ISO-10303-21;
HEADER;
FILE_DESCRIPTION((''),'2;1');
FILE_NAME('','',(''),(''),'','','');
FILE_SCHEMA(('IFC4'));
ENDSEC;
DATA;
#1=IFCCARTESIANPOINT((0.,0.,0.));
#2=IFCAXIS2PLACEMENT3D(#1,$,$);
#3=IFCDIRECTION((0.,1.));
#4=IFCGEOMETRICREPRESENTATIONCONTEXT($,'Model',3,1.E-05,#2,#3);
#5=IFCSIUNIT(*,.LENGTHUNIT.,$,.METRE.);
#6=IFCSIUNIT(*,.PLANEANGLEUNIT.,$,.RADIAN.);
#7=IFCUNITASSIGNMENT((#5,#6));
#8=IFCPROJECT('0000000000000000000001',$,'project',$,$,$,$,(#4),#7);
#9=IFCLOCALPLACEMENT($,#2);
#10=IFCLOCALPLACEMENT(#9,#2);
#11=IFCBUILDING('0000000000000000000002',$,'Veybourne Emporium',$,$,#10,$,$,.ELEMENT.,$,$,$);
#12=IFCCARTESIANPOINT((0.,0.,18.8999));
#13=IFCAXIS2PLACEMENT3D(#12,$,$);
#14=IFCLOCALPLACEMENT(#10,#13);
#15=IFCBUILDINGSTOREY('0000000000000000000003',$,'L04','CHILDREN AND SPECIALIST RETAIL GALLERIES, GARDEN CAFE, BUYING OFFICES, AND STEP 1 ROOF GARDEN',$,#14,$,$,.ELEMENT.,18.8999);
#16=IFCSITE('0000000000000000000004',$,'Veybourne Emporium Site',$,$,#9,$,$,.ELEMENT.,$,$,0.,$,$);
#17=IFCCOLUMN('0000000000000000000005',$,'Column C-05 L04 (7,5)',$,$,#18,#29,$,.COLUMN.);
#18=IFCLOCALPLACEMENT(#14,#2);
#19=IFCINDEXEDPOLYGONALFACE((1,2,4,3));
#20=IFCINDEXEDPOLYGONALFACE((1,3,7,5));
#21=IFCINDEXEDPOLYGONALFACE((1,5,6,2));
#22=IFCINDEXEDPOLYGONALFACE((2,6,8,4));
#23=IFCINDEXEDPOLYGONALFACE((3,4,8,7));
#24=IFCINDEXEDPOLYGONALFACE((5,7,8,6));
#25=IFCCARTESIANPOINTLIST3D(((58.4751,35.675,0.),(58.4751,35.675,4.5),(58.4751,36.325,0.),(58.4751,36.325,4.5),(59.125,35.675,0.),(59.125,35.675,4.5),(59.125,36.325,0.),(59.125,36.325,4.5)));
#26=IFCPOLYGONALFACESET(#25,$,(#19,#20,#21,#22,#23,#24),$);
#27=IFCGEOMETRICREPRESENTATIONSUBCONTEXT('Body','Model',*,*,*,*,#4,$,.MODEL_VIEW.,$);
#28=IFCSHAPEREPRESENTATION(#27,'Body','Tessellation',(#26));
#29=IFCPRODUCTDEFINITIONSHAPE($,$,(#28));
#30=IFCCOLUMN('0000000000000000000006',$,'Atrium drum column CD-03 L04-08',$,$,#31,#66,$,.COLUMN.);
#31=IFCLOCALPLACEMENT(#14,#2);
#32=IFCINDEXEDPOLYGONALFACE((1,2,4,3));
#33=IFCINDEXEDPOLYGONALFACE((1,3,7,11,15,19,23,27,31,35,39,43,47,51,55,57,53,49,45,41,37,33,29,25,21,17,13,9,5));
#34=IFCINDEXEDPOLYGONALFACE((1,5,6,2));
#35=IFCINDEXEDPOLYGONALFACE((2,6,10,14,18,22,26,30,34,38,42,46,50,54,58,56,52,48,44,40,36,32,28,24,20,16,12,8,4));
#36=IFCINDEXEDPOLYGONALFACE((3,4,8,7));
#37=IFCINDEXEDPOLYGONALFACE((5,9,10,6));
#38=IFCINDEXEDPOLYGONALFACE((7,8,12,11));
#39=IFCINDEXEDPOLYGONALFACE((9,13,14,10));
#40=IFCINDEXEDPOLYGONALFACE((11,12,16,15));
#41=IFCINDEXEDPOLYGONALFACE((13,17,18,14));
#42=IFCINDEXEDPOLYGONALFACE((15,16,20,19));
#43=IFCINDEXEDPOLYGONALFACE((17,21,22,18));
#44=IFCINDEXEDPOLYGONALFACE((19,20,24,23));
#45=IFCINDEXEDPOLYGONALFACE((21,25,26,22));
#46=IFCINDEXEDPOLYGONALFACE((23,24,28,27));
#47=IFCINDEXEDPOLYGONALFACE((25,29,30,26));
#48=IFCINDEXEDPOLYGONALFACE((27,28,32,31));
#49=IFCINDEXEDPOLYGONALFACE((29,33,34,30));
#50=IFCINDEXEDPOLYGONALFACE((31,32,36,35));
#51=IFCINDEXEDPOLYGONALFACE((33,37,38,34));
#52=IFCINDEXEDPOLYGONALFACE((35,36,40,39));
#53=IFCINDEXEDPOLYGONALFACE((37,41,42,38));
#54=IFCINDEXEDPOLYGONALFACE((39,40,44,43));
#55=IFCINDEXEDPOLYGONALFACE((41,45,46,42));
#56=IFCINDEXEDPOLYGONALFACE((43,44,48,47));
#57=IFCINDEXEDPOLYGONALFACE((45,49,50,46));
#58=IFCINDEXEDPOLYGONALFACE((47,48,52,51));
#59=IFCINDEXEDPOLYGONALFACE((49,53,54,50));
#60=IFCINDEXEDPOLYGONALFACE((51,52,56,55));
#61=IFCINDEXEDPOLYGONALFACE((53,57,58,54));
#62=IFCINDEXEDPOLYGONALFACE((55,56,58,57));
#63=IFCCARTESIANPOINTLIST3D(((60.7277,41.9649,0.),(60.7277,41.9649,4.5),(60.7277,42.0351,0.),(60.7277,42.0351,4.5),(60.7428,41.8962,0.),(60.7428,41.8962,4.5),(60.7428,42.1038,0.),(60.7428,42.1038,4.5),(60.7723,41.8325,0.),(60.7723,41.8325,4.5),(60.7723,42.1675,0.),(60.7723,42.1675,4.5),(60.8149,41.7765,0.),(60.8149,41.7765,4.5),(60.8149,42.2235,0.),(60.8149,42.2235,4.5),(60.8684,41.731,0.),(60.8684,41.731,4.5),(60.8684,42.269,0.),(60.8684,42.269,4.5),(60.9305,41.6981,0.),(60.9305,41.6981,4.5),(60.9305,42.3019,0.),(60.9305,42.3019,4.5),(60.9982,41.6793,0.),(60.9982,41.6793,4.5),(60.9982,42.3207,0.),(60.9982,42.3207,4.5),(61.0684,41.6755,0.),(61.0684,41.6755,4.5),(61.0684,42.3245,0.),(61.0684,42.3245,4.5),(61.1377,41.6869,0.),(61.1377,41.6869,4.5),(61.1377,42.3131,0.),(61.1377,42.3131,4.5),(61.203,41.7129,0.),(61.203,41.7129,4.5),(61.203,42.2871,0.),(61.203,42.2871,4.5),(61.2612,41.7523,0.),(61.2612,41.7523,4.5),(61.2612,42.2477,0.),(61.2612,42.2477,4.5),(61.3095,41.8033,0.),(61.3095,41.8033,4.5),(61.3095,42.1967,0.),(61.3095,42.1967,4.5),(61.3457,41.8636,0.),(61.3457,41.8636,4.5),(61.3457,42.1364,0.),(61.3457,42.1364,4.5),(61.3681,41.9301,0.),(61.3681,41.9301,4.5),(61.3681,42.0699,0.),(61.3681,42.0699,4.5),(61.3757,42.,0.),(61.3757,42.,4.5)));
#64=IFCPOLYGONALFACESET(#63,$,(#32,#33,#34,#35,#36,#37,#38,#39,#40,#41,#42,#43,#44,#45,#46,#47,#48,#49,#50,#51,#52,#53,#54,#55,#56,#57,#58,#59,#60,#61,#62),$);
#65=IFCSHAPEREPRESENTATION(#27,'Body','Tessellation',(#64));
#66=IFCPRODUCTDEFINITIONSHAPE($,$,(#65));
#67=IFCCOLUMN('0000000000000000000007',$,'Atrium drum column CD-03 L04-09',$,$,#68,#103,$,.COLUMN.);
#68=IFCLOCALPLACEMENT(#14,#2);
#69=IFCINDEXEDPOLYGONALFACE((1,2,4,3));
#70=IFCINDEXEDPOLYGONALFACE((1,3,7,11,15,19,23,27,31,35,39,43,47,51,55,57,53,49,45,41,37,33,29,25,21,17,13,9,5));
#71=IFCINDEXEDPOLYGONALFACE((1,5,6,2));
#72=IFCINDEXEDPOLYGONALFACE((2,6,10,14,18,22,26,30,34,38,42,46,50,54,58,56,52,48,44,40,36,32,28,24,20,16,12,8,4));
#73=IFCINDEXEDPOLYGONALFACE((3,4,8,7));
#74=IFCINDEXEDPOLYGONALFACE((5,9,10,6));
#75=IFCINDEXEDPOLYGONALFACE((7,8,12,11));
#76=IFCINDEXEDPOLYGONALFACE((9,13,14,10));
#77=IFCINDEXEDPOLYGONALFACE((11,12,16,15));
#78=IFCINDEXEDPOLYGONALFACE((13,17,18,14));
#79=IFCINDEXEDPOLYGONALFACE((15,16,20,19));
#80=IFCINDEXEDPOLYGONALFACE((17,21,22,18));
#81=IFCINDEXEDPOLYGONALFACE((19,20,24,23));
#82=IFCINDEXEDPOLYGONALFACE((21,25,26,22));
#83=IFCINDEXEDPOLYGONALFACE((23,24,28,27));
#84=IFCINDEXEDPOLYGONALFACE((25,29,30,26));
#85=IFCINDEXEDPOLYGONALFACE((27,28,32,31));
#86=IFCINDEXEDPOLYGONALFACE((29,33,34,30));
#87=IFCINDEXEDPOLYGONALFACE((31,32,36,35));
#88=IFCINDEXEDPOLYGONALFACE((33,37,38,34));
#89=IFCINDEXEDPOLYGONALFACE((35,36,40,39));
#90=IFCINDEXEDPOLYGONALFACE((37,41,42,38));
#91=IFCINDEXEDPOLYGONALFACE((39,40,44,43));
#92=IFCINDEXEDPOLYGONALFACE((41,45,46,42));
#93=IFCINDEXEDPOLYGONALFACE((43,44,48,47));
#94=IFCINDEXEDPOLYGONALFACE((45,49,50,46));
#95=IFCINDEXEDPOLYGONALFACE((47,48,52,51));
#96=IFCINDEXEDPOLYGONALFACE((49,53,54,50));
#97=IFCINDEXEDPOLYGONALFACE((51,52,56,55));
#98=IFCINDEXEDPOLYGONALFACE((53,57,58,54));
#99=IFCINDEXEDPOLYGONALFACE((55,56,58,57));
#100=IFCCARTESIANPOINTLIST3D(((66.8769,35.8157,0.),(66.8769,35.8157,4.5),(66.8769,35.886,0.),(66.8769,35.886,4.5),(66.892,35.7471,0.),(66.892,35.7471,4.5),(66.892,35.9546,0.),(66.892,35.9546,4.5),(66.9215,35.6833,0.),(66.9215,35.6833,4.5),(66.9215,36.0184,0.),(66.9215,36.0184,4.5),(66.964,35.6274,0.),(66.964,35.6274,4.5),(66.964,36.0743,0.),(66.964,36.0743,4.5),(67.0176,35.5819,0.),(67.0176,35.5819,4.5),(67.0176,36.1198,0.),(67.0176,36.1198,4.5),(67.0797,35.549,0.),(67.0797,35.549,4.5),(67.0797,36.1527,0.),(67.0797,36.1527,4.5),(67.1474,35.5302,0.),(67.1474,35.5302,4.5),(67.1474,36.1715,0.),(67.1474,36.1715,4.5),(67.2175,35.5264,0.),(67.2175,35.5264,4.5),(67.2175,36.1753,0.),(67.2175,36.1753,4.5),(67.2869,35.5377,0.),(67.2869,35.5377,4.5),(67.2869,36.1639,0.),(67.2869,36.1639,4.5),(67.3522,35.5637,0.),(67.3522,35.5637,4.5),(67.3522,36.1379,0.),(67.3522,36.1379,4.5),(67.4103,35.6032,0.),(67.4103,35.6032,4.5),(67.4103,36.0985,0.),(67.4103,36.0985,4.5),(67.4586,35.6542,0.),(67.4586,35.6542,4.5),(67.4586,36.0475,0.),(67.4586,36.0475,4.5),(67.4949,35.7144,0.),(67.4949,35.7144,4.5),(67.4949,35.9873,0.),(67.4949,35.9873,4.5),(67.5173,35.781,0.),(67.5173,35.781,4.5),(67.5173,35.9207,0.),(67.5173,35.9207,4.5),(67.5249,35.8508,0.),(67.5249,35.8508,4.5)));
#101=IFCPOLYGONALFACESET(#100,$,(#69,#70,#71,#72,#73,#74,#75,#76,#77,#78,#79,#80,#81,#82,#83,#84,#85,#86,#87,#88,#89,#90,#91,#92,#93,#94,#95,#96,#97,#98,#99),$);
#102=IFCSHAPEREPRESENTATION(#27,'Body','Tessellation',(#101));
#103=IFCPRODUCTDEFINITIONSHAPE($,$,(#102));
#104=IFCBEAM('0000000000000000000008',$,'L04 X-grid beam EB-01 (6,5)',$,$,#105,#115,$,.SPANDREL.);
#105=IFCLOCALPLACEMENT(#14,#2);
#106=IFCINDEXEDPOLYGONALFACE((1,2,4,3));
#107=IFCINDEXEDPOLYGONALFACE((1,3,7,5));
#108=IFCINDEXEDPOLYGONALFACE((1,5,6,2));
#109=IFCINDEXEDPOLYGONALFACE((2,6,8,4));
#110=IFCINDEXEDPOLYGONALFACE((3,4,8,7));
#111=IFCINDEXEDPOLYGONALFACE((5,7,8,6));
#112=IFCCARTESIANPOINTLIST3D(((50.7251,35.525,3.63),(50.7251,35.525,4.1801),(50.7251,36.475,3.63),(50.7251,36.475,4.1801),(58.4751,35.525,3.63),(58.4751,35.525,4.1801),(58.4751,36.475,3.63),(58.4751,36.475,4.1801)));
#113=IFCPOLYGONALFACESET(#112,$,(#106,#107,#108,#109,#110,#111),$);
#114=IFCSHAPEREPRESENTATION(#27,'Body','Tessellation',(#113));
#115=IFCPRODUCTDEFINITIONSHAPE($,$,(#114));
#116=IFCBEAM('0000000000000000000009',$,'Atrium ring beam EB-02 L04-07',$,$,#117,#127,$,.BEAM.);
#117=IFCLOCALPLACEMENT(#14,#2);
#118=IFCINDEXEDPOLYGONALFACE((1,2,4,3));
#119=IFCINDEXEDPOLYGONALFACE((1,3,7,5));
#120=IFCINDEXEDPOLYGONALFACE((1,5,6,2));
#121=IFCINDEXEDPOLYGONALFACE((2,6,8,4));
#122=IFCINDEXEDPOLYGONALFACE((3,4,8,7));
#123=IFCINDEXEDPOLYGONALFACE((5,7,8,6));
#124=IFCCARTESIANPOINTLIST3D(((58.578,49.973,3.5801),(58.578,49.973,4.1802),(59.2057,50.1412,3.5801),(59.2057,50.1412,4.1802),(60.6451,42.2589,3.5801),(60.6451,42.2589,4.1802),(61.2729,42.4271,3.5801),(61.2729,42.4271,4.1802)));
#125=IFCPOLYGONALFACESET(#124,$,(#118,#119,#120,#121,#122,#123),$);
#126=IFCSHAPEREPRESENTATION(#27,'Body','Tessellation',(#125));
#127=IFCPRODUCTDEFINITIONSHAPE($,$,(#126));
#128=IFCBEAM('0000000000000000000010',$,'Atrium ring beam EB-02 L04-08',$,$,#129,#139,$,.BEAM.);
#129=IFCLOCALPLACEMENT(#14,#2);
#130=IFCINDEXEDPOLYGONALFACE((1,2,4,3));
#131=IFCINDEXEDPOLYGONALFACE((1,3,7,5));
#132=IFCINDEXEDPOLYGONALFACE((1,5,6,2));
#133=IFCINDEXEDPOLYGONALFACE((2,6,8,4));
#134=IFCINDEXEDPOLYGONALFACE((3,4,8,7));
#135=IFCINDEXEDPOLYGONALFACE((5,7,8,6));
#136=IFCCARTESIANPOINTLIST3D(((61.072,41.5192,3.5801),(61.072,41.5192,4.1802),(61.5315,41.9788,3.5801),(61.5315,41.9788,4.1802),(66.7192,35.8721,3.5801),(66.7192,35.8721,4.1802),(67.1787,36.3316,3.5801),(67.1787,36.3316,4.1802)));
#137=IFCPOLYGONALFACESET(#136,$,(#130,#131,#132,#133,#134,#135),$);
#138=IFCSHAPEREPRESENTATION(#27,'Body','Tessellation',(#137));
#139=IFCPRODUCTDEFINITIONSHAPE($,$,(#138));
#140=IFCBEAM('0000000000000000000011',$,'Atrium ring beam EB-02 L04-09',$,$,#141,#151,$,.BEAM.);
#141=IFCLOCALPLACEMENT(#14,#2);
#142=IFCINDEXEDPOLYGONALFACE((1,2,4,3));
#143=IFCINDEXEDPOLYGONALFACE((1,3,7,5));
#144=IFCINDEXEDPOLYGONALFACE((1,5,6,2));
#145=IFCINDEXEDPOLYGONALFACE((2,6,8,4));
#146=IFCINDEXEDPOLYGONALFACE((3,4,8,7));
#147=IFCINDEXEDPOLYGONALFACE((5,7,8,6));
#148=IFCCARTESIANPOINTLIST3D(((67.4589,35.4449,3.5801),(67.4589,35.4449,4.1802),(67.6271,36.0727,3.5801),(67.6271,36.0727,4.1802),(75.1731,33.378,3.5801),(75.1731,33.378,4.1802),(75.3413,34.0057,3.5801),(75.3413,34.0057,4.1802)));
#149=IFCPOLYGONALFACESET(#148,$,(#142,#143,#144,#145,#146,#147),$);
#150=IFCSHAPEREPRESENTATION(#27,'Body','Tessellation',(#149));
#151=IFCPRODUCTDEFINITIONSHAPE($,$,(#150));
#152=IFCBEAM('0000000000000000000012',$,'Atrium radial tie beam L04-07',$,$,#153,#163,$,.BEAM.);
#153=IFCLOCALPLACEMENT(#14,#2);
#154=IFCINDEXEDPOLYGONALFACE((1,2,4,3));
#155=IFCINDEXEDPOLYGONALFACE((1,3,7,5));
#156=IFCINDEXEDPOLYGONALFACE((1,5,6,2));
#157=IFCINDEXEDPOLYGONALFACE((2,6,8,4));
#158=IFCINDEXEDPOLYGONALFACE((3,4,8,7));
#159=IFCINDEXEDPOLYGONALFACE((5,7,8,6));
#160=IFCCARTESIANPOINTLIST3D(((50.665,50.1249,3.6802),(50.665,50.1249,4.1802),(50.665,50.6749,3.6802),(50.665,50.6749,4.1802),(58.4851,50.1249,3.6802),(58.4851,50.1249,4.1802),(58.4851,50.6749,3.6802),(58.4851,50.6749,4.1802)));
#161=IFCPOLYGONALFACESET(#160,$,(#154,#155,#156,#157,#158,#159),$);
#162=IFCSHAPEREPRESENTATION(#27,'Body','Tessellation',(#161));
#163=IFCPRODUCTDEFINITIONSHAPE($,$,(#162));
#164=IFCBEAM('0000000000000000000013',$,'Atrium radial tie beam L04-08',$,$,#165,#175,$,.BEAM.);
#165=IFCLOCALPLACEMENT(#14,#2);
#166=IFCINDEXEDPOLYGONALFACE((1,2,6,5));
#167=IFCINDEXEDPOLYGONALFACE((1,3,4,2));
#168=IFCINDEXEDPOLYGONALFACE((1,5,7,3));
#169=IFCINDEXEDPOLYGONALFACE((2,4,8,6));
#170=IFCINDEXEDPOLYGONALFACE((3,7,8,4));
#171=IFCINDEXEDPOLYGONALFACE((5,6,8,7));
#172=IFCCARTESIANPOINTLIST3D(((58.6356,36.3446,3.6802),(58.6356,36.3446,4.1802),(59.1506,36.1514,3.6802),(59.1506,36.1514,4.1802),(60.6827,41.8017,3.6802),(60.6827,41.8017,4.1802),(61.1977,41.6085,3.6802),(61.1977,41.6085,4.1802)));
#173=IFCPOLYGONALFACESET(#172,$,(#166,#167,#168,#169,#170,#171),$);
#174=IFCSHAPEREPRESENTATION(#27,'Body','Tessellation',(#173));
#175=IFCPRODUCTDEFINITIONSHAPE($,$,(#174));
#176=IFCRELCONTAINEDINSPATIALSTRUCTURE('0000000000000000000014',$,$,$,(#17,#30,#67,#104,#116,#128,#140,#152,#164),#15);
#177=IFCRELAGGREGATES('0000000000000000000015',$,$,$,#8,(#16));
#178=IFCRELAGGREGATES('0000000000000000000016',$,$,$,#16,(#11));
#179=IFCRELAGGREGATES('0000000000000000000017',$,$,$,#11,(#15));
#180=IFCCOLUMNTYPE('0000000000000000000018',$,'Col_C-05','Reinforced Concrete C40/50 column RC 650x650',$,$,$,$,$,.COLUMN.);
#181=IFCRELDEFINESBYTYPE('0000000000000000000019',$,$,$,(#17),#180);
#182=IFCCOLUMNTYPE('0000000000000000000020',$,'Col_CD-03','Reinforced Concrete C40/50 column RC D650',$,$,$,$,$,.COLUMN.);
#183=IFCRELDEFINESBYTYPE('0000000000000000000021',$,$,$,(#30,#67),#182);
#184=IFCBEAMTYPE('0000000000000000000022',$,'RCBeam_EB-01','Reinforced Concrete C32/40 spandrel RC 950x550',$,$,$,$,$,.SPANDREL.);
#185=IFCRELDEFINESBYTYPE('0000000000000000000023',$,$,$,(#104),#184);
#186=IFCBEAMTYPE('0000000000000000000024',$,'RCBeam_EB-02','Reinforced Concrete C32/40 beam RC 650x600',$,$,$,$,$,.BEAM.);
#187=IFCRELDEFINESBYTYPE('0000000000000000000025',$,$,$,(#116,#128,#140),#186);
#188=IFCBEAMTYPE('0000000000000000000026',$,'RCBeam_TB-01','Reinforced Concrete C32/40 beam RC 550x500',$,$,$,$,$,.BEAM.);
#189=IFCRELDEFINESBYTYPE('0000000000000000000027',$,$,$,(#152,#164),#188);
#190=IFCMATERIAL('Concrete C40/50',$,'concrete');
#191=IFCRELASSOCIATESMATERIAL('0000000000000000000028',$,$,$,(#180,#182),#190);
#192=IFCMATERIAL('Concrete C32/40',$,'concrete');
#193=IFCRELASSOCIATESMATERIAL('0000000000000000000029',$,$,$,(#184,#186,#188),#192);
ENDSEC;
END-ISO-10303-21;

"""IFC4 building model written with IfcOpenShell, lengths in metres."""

from ifc_helpers import new_model, si_unit, direction, frame, origin, origin_2d, place, context, subcontext, project, spatial, rectangle, circle, extrude, material, material_profile, profile_set, type_object, element, save


model = new_model("IFC4")

# Units and contexts
model_context = context("Model", 3, precision=1e-05, world=origin(), true_north=direction((0.0, 1.0)))
body_context = subcontext(model_context, "Body", "Model", "MODEL_VIEW")
ifc_project = project(units=[si_unit("LENGTHUNIT", "METRE"), si_unit("PLANEANGLEUNIT", "RADIAN")], contexts=[model_context])

# Site, building, storey
site_placement = place(None, origin())
site = spatial("IfcSite", under=ifc_project, at=site_placement, Name="Veybourne Emporium Site", CompositionType="ELEMENT", RefElevation=0.0)
building_placement = place(site_placement, origin())
building = spatial("IfcBuilding", under=site, at=building_placement, Name="Veybourne Emporium", CompositionType="ELEMENT")
storey_placement = place(building_placement, frame((0.0, 0.0, 18.8999)))
storey = spatial("IfcBuildingStorey", under=building, at=storey_placement, Name="L04", Description="CHILDREN AND SPECIALIST RETAIL GALLERIES, GARDEN CAFE, BUYING OFFICES, AND STEP 1 ROOF GARDEN", CompositionType="ELEMENT", Elevation=18.8999)

# Columns
ifc_material_1 = material(Name="Concrete C40/50", Category="concrete")
ifc_material_profile_1 = material_profile(ifc_material_1, rectangle(XDim=0.6499, YDim=0.6499, at=origin_2d()), Name="RC 650x650")
ifc_profile_set_1 = profile_set([ifc_material_profile_1], Name="Concrete C40/50")
column_type_1 = type_object("IfcColumnType", Name="Col_C-05", Description="Reinforced Concrete C40/50 column RC 650x650", PredefinedType="COLUMN", material=ifc_profile_set_1)
column_placement = place(storey_placement, frame((58.8, 36.0, 0.0), z_axis=(0.0, 0.0, 1.0), x_axis=(1.0, 0.0, 0.0)))
element("IfcColumn", 1, at=column_placement, inside=storey, type_object=column_type_1, Name="Column C-05 L04 (7,5)", PredefinedType="COLUMN", context=body_context, shape_type="SweptSolid", body=[
    extrude(rectangle(XDim=0.6499, YDim=0.6499, at=origin_2d()), origin(), (0.0, 0.0, 1.0), 4.5),
])
ifc_material_profile_2 = material_profile(ifc_material_1, circle(Radius=0.325, at=origin_2d()), Name="RC D650")
ifc_profile_set_2 = profile_set([ifc_material_profile_2], Name="Concrete C40/50")
column_type_2 = type_object("IfcColumnType", Name="Col_CD-03", Description="Reinforced Concrete C40/50 column RC D650", PredefinedType="COLUMN", material=ifc_profile_set_2)
for number, where, z_axis, x_axis, name in (
    (2, (61.0508, 42.0, 0.0), (0.0, 0.0, 1.0), (1.0, 0.0, 0.0), "Atrium drum column CD-03 L04-08"),
    (3, (67.2, 35.8508, 0.0), (0.0, 0.0, 1.0), (1.0, 0.0, 0.0), "Atrium drum column CD-03 L04-09"),
):
    element("IfcColumn", number, at=place(storey_placement, frame(where, z_axis=z_axis, x_axis=x_axis)), inside=storey, type_object=column_type_2, Name=name, PredefinedType="COLUMN", context=body_context, shape_type="SweptSolid", body=[
        extrude(circle(Radius=0.325, at=origin_2d()), origin(), (0.0, 0.0, 1.0), 4.5),
    ])

# Beams
ifc_material_2 = material(Name="Concrete C32/40", Category="concrete")
ifc_material_profile_3 = material_profile(ifc_material_2, rectangle(XDim=0.95, YDim=0.55, at=origin_2d()), Name="RC 950x550")
ifc_profile_set_3 = profile_set([ifc_material_profile_3], Name="Concrete C32/40")
beam_type_1 = type_object("IfcBeamType", Name="RCBeam_EB-01", Description="Reinforced Concrete C32/40 spandrel RC 950x550", PredefinedType="SPANDREL", material=ifc_profile_set_3)
beam_1_placement = place(storey_placement, frame((50.7251, 36.0, 3.905), z_axis=(1.0, 0.0, 0.0), x_axis=(0.0, 1.0, 0.0)))
element("IfcBeam", 4, at=beam_1_placement, inside=storey, type_object=beam_type_1, Name="L04 X-grid beam EB-01 (6,5)", PredefinedType="SPANDREL", context=body_context, shape_type="SweptSolid", body=[
    extrude(rectangle(XDim=0.95, YDim=0.55, at=origin_2d()), origin(), (0.0, 0.0, 1.0), 7.75),
])
ifc_material_profile_4 = material_profile(ifc_material_2, rectangle(XDim=0.6499, YDim=0.6001, at=origin_2d()), Name="RC 650x600")
ifc_profile_set_4 = profile_set([ifc_material_profile_4], Name="Concrete C32/40")
beam_type_2 = type_object("IfcBeamType", Name="RCBeam_EB-02", Description="Reinforced Concrete C32/40 beam RC 650x600", PredefinedType="BEAM", material=ifc_profile_set_4)
for number, where, z_axis, x_axis, name in (
    (5, (58.8918, 50.0571, 3.8801), (0.258836, -0.965921, 0.0), (0.965921, 0.258836, 0.0), "Atrium ring beam EB-02 L04-07"),
    (6, (61.3018, 41.749, 3.8801), (0.707107, -0.707107, 0.0), (0.707107, 0.707107, 0.0), "Atrium ring beam EB-02 L04-08"),
    (7, (67.543, 35.7588, 3.8801), (0.965929, -0.258808, 0.0), (0.258808, 0.965929, 0.0), "Atrium ring beam EB-02 L04-09"),
):
    element("IfcBeam", number, at=place(storey_placement, frame(where, z_axis=z_axis, x_axis=x_axis)), inside=storey, type_object=beam_type_2, Name=name, PredefinedType="BEAM", context=body_context, shape_type="SweptSolid", body=[
        extrude(rectangle(XDim=0.6499, YDim=0.6001, at=origin_2d()), origin(), (0.0, 0.0, 1.0), 7.9863),
    ])
ifc_material_profile_5 = material_profile(ifc_material_2, rectangle(XDim=0.55, YDim=0.5, at=origin_2d()), Name="RC 550x500")
ifc_profile_set_5 = profile_set([ifc_material_profile_5], Name="Concrete C32/40")
beam_type_3 = type_object("IfcBeamType", Name="RCBeam_TB-01", Description="Reinforced Concrete C32/40 beam RC 550x500", PredefinedType="BEAM", material=ifc_profile_set_5)
beam_2_placement = place(storey_placement, frame((58.4851, 50.3999, 3.9302), z_axis=(-1.0, 0.0, 0.0), x_axis=(0.0, -1.0, 0.0)))
element("IfcBeam", 8, at=beam_2_placement, inside=storey, type_object=beam_type_3, Name="Atrium radial tie beam L04-07", PredefinedType="BEAM", context=body_context, shape_type="SweptSolid", body=[
    extrude(rectangle(XDim=0.55, YDim=0.5, at=origin_2d()), origin(), (0.0, 0.0, 1.0), 7.8201),
])
beam_3_placement = place(storey_placement, frame((60.9402, 41.7051, 3.9302), z_axis=(-0.351234, -0.936288, 0.0), x_axis=(0.936288, -0.351234, 0.0)))
element("IfcBeam", 9, at=beam_3_placement, inside=storey, type_object=beam_type_3, Name="Atrium radial tie beam L04-08", PredefinedType="BEAM", context=body_context, shape_type="SweptSolid", body=[
    extrude(rectangle(XDim=0.55, YDim=0.5, at=origin_2d()), origin(), (0.0, 0.0, 1.0), 5.8284),
])

save(model, "model.ifc")
